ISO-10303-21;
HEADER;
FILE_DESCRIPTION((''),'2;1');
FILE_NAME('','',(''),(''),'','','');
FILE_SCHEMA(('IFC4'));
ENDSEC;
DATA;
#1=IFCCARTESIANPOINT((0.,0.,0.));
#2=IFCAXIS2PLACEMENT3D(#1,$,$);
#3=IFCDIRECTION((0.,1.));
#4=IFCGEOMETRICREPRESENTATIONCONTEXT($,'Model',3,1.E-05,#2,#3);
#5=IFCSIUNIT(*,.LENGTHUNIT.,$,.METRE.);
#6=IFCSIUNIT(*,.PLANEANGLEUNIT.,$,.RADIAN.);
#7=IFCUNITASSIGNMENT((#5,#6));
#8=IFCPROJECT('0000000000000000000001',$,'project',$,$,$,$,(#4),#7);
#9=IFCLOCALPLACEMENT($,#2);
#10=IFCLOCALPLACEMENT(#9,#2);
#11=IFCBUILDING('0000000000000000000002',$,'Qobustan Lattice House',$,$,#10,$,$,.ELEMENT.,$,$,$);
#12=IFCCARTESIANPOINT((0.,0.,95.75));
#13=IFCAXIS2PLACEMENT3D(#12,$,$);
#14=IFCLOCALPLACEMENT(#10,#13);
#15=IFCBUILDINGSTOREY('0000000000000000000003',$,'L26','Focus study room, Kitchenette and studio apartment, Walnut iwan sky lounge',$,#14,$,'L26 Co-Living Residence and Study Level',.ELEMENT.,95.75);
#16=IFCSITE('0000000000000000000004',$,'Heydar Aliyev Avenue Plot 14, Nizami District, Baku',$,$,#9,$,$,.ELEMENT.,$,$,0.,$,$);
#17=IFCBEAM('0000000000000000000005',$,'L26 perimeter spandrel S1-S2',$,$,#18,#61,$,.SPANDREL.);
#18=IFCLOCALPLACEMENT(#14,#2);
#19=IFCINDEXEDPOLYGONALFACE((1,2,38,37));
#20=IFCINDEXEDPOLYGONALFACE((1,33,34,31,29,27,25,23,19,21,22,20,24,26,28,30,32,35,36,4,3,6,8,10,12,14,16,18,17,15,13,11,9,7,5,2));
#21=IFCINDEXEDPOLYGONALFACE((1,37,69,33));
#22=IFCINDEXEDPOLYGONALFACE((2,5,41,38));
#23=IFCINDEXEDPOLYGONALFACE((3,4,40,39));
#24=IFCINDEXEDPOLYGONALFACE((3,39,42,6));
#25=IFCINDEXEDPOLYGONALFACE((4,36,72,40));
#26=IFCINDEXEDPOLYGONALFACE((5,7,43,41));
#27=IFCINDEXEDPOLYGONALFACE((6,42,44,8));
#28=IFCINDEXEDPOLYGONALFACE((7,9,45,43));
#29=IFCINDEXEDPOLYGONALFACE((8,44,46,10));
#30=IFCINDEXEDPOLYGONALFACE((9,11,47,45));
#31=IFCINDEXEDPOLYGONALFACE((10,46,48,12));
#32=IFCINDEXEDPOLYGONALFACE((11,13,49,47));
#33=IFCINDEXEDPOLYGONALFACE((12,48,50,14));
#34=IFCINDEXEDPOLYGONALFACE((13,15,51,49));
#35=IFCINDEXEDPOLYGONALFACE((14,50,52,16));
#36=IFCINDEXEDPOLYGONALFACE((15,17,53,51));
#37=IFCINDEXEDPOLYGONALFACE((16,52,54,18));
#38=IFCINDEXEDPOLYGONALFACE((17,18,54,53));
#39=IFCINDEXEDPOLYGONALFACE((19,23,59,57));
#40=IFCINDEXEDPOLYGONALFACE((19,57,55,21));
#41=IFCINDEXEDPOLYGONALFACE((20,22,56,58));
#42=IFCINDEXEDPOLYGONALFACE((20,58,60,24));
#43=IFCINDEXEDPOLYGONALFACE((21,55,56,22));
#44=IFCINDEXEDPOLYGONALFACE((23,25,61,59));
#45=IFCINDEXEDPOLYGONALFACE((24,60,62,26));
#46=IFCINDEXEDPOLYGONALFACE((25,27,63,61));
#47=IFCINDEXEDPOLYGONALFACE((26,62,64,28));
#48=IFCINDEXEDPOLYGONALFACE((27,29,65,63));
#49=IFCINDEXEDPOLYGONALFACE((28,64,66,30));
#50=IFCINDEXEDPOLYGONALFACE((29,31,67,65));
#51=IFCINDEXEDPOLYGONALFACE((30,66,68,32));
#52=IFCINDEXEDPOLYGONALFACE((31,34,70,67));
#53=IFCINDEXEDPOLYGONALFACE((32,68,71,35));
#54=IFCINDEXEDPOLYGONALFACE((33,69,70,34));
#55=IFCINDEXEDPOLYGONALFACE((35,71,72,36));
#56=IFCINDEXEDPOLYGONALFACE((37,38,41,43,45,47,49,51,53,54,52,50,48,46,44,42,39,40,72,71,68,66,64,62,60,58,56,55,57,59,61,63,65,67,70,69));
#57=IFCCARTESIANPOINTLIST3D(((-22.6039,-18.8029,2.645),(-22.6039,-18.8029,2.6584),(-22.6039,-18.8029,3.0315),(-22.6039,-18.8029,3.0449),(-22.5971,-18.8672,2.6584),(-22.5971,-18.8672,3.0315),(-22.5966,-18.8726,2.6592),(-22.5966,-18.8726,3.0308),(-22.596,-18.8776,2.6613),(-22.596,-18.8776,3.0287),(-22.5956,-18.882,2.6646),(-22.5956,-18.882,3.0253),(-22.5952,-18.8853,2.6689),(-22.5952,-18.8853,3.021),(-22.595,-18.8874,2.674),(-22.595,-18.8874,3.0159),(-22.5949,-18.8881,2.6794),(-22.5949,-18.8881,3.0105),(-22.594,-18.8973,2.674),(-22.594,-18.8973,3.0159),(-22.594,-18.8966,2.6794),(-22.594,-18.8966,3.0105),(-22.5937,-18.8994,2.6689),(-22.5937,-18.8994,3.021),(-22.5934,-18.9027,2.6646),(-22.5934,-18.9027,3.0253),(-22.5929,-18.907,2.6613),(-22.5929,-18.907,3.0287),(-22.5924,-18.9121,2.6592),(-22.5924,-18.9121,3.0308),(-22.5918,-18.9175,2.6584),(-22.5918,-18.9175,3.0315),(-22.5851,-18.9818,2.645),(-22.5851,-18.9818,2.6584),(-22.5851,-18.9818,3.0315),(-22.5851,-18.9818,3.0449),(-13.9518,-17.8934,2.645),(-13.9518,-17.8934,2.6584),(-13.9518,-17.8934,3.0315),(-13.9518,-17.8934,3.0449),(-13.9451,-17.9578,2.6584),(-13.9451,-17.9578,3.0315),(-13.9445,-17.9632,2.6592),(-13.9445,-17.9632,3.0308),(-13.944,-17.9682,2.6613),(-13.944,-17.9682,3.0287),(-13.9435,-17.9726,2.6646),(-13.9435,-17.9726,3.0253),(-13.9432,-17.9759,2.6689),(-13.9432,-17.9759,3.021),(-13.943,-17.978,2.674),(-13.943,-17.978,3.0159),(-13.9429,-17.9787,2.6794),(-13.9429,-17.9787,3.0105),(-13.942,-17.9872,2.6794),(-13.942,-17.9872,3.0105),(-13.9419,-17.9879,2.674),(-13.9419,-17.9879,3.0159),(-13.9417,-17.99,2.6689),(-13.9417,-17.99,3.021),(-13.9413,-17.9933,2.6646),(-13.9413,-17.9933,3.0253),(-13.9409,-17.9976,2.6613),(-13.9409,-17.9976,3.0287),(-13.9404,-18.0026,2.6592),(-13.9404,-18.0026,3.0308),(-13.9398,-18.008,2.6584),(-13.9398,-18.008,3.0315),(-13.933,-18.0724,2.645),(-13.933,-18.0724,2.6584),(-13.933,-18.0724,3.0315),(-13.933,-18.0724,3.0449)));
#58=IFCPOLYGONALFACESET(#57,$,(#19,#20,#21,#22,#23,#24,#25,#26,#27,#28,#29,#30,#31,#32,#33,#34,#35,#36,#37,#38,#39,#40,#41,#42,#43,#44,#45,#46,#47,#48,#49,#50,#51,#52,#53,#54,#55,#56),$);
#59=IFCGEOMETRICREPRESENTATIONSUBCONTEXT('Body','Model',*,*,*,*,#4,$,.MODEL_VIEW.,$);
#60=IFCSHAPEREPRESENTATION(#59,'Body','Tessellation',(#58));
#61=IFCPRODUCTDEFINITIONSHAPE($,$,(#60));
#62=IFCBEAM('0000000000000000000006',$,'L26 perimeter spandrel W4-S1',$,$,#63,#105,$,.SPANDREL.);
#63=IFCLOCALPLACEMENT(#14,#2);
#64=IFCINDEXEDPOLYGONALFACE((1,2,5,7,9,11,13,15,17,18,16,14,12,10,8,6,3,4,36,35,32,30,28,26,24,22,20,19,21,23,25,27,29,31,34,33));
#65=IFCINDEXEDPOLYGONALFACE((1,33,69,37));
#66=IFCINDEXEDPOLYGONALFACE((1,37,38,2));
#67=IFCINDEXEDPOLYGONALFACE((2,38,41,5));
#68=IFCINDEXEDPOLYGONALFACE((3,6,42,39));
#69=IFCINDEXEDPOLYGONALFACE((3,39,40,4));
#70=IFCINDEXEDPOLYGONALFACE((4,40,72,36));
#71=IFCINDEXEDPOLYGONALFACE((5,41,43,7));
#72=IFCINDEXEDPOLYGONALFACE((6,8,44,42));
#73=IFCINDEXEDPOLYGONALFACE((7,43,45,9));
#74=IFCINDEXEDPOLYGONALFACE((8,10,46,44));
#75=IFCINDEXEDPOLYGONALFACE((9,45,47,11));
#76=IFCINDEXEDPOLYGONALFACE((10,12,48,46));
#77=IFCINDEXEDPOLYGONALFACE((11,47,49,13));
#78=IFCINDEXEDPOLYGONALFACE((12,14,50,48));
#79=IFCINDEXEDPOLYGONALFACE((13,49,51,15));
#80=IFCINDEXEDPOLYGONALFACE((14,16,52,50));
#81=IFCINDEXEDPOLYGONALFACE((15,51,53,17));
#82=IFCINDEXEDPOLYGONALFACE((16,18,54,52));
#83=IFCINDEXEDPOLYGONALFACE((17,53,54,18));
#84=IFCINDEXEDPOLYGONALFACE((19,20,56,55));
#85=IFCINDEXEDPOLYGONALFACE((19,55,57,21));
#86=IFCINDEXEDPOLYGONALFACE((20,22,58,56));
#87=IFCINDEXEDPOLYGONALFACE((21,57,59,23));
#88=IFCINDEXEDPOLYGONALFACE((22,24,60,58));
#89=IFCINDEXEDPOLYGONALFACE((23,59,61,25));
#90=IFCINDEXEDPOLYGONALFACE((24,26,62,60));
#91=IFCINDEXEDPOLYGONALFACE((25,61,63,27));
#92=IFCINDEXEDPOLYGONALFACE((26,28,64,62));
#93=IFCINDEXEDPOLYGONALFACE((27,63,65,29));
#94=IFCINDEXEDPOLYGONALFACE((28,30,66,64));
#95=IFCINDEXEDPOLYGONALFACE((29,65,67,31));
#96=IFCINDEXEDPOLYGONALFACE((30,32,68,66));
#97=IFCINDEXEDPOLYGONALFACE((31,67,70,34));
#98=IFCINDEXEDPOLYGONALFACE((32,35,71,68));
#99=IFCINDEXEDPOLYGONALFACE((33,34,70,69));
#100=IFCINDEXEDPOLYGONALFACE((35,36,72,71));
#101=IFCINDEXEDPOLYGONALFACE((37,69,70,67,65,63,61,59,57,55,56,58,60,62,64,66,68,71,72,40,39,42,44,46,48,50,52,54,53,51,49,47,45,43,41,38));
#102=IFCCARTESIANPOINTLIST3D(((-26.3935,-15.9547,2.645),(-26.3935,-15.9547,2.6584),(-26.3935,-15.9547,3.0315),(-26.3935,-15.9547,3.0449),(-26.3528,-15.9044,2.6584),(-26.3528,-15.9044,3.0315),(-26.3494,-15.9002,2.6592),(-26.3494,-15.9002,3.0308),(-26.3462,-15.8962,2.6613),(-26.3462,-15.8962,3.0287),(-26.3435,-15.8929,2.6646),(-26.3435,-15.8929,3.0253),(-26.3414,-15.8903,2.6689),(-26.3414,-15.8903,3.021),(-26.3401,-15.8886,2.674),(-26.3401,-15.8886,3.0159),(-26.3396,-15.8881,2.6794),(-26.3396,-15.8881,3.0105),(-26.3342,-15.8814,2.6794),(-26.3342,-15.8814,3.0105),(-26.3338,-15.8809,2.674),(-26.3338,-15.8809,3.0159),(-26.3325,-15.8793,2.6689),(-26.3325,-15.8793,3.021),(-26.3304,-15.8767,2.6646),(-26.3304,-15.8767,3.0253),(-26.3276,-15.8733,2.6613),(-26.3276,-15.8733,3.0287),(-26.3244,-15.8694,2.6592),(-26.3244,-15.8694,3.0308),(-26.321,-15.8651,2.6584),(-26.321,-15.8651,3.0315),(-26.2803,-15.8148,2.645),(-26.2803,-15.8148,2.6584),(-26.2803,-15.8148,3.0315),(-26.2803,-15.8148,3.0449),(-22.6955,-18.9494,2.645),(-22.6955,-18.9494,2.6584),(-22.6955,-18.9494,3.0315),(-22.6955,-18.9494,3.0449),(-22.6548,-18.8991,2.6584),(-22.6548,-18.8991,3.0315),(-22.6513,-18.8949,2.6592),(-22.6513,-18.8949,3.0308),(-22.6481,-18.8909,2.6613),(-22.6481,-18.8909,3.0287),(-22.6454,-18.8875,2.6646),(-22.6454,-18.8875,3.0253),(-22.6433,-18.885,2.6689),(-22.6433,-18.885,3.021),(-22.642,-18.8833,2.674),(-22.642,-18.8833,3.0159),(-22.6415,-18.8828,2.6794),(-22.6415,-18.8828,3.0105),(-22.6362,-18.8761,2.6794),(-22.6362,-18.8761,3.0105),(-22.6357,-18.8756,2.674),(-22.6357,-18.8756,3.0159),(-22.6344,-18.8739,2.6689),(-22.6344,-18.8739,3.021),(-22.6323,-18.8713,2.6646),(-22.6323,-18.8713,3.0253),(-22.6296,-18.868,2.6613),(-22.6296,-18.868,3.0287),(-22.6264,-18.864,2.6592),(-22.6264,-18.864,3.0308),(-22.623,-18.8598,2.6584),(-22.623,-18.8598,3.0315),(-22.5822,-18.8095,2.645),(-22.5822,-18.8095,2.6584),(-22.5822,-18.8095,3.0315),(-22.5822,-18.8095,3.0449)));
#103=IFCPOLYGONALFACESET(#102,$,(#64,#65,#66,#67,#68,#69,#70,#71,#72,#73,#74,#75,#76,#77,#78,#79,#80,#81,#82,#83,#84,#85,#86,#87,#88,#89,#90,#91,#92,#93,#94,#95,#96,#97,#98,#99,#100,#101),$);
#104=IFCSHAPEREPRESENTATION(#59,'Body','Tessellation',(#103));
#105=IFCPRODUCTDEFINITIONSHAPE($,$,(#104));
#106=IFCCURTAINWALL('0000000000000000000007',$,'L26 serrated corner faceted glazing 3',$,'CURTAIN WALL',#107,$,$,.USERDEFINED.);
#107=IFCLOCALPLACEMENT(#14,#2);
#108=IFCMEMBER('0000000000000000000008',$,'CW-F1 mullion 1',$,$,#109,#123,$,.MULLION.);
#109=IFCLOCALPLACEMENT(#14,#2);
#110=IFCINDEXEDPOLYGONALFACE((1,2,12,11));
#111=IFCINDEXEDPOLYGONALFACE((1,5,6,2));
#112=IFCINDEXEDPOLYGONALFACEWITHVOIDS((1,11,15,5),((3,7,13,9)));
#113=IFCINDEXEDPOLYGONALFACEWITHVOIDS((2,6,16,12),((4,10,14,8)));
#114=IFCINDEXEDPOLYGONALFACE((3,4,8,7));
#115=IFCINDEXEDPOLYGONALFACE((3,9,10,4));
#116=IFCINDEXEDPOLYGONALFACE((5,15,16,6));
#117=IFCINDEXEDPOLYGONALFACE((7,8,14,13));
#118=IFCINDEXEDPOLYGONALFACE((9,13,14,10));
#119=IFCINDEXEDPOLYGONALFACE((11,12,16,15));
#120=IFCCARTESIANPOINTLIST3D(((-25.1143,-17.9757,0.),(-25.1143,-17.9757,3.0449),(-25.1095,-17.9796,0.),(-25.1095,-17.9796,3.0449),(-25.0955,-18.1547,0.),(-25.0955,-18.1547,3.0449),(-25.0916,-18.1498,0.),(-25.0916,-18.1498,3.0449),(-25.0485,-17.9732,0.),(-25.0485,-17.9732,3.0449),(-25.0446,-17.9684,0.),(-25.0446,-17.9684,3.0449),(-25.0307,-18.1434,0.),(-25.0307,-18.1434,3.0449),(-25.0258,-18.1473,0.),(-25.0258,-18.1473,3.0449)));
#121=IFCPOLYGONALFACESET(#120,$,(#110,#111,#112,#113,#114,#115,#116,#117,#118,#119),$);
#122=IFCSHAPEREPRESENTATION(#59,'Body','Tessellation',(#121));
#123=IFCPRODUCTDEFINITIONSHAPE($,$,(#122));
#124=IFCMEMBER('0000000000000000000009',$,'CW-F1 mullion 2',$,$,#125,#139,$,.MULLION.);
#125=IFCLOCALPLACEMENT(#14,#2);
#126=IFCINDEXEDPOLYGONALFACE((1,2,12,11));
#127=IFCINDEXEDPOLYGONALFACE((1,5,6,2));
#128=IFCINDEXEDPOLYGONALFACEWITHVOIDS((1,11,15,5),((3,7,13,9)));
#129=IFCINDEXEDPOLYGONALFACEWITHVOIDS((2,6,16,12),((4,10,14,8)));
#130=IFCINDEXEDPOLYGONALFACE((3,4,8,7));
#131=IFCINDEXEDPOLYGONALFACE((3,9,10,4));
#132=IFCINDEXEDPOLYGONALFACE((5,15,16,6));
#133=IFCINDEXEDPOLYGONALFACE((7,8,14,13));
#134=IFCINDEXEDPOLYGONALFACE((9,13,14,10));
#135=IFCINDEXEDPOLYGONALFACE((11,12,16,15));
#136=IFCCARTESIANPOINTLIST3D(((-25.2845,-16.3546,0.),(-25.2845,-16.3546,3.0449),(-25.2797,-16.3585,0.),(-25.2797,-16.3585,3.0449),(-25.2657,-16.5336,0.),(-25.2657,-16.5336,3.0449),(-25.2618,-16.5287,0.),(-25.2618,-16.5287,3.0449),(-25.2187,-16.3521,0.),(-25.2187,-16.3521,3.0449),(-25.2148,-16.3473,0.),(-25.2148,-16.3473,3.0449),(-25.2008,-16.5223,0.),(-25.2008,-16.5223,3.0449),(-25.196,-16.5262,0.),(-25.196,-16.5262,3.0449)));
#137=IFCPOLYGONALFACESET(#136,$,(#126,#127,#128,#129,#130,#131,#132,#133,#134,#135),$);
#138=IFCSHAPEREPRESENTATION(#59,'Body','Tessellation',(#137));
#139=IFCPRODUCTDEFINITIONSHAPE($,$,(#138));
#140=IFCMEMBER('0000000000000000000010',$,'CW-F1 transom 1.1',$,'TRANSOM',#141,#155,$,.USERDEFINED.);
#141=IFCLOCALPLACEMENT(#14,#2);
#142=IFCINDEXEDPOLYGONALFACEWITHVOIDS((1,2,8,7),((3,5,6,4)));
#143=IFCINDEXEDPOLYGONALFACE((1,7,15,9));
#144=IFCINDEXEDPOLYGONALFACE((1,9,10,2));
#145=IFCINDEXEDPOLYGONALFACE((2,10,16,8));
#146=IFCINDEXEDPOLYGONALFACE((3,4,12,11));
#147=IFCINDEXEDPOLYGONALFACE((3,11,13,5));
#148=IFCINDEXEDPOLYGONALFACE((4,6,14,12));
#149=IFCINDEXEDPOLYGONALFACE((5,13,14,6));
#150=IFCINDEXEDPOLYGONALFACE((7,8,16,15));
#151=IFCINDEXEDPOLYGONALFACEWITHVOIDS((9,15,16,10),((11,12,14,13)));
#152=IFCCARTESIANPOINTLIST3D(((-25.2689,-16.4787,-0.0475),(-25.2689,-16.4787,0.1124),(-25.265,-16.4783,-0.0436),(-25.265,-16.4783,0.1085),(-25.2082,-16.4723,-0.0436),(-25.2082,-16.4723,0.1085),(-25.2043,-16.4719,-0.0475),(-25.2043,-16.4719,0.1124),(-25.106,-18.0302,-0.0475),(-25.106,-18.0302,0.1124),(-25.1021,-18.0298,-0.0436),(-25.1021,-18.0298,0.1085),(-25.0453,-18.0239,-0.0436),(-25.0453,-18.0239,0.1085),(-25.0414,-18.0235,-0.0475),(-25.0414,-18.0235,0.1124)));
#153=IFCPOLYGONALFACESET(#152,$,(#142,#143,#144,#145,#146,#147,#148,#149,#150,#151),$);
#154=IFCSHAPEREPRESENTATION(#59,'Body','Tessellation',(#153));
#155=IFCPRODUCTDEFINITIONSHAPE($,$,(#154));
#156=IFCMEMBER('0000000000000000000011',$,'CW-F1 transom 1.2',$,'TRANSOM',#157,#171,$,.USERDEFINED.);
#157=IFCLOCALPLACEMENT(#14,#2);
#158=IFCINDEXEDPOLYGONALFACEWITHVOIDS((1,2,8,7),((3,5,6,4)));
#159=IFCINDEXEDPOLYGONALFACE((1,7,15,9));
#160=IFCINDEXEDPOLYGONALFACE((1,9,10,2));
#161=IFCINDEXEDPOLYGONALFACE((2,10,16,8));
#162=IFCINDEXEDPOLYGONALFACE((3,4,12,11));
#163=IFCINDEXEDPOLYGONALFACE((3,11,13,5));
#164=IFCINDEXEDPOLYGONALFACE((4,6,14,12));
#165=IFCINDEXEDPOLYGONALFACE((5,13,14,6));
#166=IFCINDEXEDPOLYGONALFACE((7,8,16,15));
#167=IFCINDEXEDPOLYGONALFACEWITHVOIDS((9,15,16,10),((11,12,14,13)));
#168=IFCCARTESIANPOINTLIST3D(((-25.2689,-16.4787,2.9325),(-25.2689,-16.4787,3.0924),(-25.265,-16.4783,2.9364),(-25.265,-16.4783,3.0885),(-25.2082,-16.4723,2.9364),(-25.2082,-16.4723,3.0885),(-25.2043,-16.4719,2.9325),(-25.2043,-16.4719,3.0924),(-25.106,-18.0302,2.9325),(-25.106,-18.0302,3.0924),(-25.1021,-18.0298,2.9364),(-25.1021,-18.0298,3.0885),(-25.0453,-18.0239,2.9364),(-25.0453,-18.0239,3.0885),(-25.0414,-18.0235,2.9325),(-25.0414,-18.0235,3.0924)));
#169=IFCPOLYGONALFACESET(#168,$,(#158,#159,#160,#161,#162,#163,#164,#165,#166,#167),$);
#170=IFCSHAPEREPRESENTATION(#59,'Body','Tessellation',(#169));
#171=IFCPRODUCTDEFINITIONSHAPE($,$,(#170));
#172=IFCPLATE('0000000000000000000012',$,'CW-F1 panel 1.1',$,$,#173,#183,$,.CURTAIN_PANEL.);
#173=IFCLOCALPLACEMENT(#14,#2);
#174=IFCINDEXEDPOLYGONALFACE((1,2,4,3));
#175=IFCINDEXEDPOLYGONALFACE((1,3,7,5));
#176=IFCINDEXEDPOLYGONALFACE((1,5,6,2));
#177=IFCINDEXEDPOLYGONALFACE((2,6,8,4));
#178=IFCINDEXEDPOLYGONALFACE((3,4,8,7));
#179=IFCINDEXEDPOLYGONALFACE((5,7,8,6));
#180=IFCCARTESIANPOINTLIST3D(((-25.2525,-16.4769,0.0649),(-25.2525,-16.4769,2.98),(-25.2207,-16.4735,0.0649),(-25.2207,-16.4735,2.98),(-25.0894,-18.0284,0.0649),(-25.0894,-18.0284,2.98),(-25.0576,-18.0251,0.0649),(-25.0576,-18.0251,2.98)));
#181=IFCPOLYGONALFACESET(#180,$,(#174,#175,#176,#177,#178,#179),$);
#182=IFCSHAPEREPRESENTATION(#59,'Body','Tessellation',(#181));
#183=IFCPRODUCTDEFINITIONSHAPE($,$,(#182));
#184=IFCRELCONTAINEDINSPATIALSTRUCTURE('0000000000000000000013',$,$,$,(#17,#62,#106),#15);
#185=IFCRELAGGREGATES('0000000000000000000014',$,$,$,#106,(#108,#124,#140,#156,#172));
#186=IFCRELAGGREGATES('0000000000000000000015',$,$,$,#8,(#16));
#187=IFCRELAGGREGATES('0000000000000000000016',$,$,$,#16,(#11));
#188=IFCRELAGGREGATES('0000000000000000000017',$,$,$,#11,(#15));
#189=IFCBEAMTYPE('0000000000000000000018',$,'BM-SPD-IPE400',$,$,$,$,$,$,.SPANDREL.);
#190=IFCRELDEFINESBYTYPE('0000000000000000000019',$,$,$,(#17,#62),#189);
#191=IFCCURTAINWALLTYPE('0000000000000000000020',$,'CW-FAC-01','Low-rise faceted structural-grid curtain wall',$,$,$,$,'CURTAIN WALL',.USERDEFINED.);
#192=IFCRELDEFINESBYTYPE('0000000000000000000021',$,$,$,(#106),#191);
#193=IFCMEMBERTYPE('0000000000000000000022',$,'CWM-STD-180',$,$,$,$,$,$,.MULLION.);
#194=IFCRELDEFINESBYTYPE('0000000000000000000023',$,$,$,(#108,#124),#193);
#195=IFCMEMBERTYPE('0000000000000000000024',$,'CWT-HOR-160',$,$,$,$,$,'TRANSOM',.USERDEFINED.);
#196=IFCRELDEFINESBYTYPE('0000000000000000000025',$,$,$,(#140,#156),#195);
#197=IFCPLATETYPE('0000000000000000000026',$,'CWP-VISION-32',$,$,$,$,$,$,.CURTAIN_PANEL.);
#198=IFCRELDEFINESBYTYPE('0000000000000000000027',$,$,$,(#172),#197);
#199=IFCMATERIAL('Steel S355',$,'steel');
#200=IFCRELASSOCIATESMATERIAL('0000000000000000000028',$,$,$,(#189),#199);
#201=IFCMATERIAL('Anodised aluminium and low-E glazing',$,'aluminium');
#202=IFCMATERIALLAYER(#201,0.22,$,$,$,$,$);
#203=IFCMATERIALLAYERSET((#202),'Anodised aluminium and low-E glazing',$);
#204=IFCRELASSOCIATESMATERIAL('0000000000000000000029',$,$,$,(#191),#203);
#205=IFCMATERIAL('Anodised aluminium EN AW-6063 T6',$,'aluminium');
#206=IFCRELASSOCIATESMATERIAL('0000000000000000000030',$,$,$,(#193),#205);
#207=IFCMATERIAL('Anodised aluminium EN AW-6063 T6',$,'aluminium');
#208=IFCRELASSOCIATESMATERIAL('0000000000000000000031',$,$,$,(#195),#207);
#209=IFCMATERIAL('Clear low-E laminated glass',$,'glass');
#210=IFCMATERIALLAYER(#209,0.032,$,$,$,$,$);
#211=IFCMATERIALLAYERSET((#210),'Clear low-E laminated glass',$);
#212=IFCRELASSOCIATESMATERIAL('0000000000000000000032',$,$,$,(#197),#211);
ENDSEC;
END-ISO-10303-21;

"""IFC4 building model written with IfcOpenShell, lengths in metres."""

from ifc_helpers import new_model, si_unit, direction, frame, origin, origin_2d, place, context, subcontext, project, spatial, rectangle, hollow_rectangle, i_section, extrude, material, layer, layer_set, material_profile, profile_set, type_object, element, aggregate, save


model = new_model("IFC4")

# Units and contexts
model_context = context("Model", 3, precision=1e-05, world=origin(), true_north=direction((0.0, 1.0)))
body_context = subcontext(model_context, "Body", "Model", "MODEL_VIEW")
ifc_project = project(units=[si_unit("LENGTHUNIT", "METRE"), si_unit("PLANEANGLEUNIT", "RADIAN")], contexts=[model_context])

# Site, building, storey
site_placement = place(None, origin())
site = spatial("IfcSite", under=ifc_project, at=site_placement, Name="Heydar Aliyev Avenue Plot 14, Nizami District, Baku", CompositionType="ELEMENT", RefElevation=0.0)
building_placement = place(site_placement, origin())
building = spatial("IfcBuilding", under=site, at=building_placement, Name="Qobustan Lattice House", CompositionType="ELEMENT")
storey_placement = place(building_placement, frame((0.0, 0.0, 95.75)))
storey = spatial("IfcBuildingStorey", under=building, at=storey_placement, Name="L26", Description="Focus study room, Kitchenette and studio apartment, Walnut iwan sky lounge", LongName="L26 Co-Living Residence and Study Level", CompositionType="ELEMENT", Elevation=95.75)

# Beams
ifc_material_1 = material(Name="Steel S355", Category="steel")
ifc_material_profile_1 = material_profile(ifc_material_1, i_section(OverallWidth=0.1799, OverallDepth=0.3999, WebThickness=0.0085, FlangeThickness=0.0134, FilletRadius=0.021, at=origin_2d()), Name="IPE400")
ifc_profile_set_1 = profile_set([ifc_material_profile_1], Name="Steel S355")
beam_type_1 = type_object("IfcBeamType", Name="BM-SPD-IPE400", PredefinedType="SPANDREL", material=ifc_profile_set_1)
beam_1_placement = place(storey_placement, frame((-22.5945, -18.8923, 2.845), z_axis=(0.994521, 0.104534, 0.0), x_axis=(-0.104534, 0.994521, 0.0)))
element("IfcBeam", 1, at=beam_1_placement, inside=storey, type_object=beam_type_1, Name="L26 perimeter spandrel S1-S2", PredefinedType="SPANDREL", context=body_context, shape_type="SweptSolid", body=[
    extrude(i_section(OverallWidth=0.1799, OverallDepth=0.3999, WebThickness=0.0085, FlangeThickness=0.0134, FilletRadius=0.021, at=origin_2d()), origin(), (0.0, 0.0, 1.0), 8.6997),
])
beam_2_placement = place(storey_placement, frame((-26.3369, -15.8848, 2.845), z_axis=(0.777141, -0.629327, 0.0), x_axis=(0.629327, 0.777141, 0.0)))
element("IfcBeam", 2, at=beam_2_placement, inside=storey, type_object=beam_type_1, Name="L26 perimeter spandrel W4-S1", PredefinedType="SPANDREL", context=body_context, shape_type="SweptSolid", body=[
    extrude(i_section(OverallWidth=0.1799, OverallDepth=0.3999, WebThickness=0.0085, FlangeThickness=0.0134, FilletRadius=0.021, at=origin_2d()), origin(), (0.0, 0.0, 1.0), 4.7585),
])

# Curtain wall, members, plate
ifc_material_2 = material(Name="Anodised aluminium and low-E glazing", Category="aluminium")
ifc_layer_1 = layer(ifc_material_2, 0.22)
ifc_layer_set_1 = layer_set([ifc_layer_1], Name="Anodised aluminium and low-E glazing")
curtain_wall_type = type_object("IfcCurtainWallType", Name="CW-FAC-01", Description="Low-rise faceted structural-grid curtain wall", ElementType="CURTAIN WALL", PredefinedType="USERDEFINED", material=ifc_layer_set_1)
curtain_wall_placement = place(storey_placement, origin())
curtain_wall = element("IfcCurtainWall", 3, at=curtain_wall_placement, inside=storey, type_object=curtain_wall_type, Name="L26 serrated corner faceted glazing 3", ObjectType="CURTAIN WALL", PredefinedType="USERDEFINED")
ifc_material_3 = material(Name="Anodised aluminium EN AW-6063 T6", Category="aluminium")
ifc_material_profile_2 = material_profile(ifc_material_3, hollow_rectangle(XDim=0.0701, YDim=0.1799, WallThickness=0.0044, at=origin_2d()), Name="CWM-180x70")
ifc_profile_set_2 = profile_set([ifc_material_profile_2], Name="Anodised aluminium EN AW-6063 T6")
member_type_1 = type_object("IfcMemberType", Name="CWM-STD-180", PredefinedType="MULLION", material=ifc_profile_set_2)
member_1_placement = place(storey_placement, frame((-25.0701, -18.0615, 0.0), z_axis=(0.0, 0.0, 1.0), x_axis=(-0.994522, -0.104529, 0.0)))
member_1 = element("IfcMember", 4, at=member_1_placement, type_object=member_type_1, Name="CW-F1 mullion 1", PredefinedType="MULLION", context=body_context, shape_type="SweptSolid", body=[
    extrude(hollow_rectangle(XDim=0.0701, YDim=0.1799, WallThickness=0.0044, at=origin_2d()), origin(), (0.0, 0.0, 1.0), 3.0449),
])
member_2_placement = place(storey_placement, frame((-25.2402, -16.4404, 0.0), z_axis=(0.0, 0.0, 1.0), x_axis=(-0.994522, -0.104529, 0.0)))
member_2 = element("IfcMember", 5, at=member_2_placement, type_object=member_type_1, Name="CW-F1 mullion 2", PredefinedType="MULLION", context=body_context, shape_type="SweptSolid", body=[
    extrude(hollow_rectangle(XDim=0.0701, YDim=0.1799, WallThickness=0.0044, at=origin_2d()), origin(), (0.0, 0.0, 1.0), 3.0449),
])
ifc_material_4 = material(Name="Anodised aluminium EN AW-6063 T6", Category="aluminium")
ifc_material_profile_3 = material_profile(ifc_material_4, hollow_rectangle(XDim=0.0649, YDim=0.1599, WallThickness=0.0039, at=origin_2d()), Name="CWT-160x65")
ifc_profile_set_3 = profile_set([ifc_material_profile_3], Name="Anodised aluminium EN AW-6063 T6")
member_type_2 = type_object("IfcMemberType", Name="CWT-HOR-160", ElementType="TRANSOM", PredefinedType="USERDEFINED", material=ifc_profile_set_3)
member_3_placement = place(storey_placement, frame((-25.0737, -18.0269, 0.0325), z_axis=(-0.104383, 0.994537, 0.0), x_axis=(-0.994537, -0.104383, 0.0)))
member_3 = element("IfcMember", 6, at=member_3_placement, type_object=member_type_2, Name="CW-F1 transom 1.1", ObjectType="TRANSOM", PredefinedType="USERDEFINED", context=body_context, shape_type="SweptSolid", body=[
    extrude(hollow_rectangle(XDim=0.0649, YDim=0.1599, WallThickness=0.0039, at=origin_2d()), origin(), (0.0, 0.0, 1.0), 1.5601),
])
member_4_placement = place(storey_placement, frame((-25.0737, -18.0269, 3.0125), z_axis=(-0.104383, 0.994537, 0.0), x_axis=(-0.994537, -0.104383, 0.0)))
member_4 = element("IfcMember", 7, at=member_4_placement, type_object=member_type_2, Name="CW-F1 transom 1.2", ObjectType="TRANSOM", PredefinedType="USERDEFINED", context=body_context, shape_type="SweptSolid", body=[
    extrude(hollow_rectangle(XDim=0.0649, YDim=0.1599, WallThickness=0.0039, at=origin_2d()), origin(), (0.0, 0.0, 1.0), 1.5601),
])
ifc_material_5 = material(Name="Clear low-E laminated glass", Category="glass")
ifc_layer_2 = layer(ifc_material_5, 0.032)
ifc_layer_set_2 = layer_set([ifc_layer_2], Name="Clear low-E laminated glass")
plate_type = type_object("IfcPlateType", Name="CWP-VISION-32", PredefinedType="CURTAIN_PANEL", material=ifc_layer_set_2)
plate_placement = place(storey_placement, frame((-25.155, -17.251, 0.0649), z_axis=(0.0, 0.0, 1.0), x_axis=(-0.104529, 0.994522, 0.0)))
plate = element("IfcPlate", 8, at=plate_placement, type_object=plate_type, Name="CW-F1 panel 1.1", PredefinedType="CURTAIN_PANEL", context=body_context, shape_type="SweptSolid", body=[
    extrude(rectangle(XDim=1.5601, YDim=0.032, at=origin_2d()), origin(), (0.0, 0.0, 1.0), 2.915),
])
aggregate(curtain_wall, [member_1, member_2, member_3, member_4, plate])

save(model, "model.ifc")
